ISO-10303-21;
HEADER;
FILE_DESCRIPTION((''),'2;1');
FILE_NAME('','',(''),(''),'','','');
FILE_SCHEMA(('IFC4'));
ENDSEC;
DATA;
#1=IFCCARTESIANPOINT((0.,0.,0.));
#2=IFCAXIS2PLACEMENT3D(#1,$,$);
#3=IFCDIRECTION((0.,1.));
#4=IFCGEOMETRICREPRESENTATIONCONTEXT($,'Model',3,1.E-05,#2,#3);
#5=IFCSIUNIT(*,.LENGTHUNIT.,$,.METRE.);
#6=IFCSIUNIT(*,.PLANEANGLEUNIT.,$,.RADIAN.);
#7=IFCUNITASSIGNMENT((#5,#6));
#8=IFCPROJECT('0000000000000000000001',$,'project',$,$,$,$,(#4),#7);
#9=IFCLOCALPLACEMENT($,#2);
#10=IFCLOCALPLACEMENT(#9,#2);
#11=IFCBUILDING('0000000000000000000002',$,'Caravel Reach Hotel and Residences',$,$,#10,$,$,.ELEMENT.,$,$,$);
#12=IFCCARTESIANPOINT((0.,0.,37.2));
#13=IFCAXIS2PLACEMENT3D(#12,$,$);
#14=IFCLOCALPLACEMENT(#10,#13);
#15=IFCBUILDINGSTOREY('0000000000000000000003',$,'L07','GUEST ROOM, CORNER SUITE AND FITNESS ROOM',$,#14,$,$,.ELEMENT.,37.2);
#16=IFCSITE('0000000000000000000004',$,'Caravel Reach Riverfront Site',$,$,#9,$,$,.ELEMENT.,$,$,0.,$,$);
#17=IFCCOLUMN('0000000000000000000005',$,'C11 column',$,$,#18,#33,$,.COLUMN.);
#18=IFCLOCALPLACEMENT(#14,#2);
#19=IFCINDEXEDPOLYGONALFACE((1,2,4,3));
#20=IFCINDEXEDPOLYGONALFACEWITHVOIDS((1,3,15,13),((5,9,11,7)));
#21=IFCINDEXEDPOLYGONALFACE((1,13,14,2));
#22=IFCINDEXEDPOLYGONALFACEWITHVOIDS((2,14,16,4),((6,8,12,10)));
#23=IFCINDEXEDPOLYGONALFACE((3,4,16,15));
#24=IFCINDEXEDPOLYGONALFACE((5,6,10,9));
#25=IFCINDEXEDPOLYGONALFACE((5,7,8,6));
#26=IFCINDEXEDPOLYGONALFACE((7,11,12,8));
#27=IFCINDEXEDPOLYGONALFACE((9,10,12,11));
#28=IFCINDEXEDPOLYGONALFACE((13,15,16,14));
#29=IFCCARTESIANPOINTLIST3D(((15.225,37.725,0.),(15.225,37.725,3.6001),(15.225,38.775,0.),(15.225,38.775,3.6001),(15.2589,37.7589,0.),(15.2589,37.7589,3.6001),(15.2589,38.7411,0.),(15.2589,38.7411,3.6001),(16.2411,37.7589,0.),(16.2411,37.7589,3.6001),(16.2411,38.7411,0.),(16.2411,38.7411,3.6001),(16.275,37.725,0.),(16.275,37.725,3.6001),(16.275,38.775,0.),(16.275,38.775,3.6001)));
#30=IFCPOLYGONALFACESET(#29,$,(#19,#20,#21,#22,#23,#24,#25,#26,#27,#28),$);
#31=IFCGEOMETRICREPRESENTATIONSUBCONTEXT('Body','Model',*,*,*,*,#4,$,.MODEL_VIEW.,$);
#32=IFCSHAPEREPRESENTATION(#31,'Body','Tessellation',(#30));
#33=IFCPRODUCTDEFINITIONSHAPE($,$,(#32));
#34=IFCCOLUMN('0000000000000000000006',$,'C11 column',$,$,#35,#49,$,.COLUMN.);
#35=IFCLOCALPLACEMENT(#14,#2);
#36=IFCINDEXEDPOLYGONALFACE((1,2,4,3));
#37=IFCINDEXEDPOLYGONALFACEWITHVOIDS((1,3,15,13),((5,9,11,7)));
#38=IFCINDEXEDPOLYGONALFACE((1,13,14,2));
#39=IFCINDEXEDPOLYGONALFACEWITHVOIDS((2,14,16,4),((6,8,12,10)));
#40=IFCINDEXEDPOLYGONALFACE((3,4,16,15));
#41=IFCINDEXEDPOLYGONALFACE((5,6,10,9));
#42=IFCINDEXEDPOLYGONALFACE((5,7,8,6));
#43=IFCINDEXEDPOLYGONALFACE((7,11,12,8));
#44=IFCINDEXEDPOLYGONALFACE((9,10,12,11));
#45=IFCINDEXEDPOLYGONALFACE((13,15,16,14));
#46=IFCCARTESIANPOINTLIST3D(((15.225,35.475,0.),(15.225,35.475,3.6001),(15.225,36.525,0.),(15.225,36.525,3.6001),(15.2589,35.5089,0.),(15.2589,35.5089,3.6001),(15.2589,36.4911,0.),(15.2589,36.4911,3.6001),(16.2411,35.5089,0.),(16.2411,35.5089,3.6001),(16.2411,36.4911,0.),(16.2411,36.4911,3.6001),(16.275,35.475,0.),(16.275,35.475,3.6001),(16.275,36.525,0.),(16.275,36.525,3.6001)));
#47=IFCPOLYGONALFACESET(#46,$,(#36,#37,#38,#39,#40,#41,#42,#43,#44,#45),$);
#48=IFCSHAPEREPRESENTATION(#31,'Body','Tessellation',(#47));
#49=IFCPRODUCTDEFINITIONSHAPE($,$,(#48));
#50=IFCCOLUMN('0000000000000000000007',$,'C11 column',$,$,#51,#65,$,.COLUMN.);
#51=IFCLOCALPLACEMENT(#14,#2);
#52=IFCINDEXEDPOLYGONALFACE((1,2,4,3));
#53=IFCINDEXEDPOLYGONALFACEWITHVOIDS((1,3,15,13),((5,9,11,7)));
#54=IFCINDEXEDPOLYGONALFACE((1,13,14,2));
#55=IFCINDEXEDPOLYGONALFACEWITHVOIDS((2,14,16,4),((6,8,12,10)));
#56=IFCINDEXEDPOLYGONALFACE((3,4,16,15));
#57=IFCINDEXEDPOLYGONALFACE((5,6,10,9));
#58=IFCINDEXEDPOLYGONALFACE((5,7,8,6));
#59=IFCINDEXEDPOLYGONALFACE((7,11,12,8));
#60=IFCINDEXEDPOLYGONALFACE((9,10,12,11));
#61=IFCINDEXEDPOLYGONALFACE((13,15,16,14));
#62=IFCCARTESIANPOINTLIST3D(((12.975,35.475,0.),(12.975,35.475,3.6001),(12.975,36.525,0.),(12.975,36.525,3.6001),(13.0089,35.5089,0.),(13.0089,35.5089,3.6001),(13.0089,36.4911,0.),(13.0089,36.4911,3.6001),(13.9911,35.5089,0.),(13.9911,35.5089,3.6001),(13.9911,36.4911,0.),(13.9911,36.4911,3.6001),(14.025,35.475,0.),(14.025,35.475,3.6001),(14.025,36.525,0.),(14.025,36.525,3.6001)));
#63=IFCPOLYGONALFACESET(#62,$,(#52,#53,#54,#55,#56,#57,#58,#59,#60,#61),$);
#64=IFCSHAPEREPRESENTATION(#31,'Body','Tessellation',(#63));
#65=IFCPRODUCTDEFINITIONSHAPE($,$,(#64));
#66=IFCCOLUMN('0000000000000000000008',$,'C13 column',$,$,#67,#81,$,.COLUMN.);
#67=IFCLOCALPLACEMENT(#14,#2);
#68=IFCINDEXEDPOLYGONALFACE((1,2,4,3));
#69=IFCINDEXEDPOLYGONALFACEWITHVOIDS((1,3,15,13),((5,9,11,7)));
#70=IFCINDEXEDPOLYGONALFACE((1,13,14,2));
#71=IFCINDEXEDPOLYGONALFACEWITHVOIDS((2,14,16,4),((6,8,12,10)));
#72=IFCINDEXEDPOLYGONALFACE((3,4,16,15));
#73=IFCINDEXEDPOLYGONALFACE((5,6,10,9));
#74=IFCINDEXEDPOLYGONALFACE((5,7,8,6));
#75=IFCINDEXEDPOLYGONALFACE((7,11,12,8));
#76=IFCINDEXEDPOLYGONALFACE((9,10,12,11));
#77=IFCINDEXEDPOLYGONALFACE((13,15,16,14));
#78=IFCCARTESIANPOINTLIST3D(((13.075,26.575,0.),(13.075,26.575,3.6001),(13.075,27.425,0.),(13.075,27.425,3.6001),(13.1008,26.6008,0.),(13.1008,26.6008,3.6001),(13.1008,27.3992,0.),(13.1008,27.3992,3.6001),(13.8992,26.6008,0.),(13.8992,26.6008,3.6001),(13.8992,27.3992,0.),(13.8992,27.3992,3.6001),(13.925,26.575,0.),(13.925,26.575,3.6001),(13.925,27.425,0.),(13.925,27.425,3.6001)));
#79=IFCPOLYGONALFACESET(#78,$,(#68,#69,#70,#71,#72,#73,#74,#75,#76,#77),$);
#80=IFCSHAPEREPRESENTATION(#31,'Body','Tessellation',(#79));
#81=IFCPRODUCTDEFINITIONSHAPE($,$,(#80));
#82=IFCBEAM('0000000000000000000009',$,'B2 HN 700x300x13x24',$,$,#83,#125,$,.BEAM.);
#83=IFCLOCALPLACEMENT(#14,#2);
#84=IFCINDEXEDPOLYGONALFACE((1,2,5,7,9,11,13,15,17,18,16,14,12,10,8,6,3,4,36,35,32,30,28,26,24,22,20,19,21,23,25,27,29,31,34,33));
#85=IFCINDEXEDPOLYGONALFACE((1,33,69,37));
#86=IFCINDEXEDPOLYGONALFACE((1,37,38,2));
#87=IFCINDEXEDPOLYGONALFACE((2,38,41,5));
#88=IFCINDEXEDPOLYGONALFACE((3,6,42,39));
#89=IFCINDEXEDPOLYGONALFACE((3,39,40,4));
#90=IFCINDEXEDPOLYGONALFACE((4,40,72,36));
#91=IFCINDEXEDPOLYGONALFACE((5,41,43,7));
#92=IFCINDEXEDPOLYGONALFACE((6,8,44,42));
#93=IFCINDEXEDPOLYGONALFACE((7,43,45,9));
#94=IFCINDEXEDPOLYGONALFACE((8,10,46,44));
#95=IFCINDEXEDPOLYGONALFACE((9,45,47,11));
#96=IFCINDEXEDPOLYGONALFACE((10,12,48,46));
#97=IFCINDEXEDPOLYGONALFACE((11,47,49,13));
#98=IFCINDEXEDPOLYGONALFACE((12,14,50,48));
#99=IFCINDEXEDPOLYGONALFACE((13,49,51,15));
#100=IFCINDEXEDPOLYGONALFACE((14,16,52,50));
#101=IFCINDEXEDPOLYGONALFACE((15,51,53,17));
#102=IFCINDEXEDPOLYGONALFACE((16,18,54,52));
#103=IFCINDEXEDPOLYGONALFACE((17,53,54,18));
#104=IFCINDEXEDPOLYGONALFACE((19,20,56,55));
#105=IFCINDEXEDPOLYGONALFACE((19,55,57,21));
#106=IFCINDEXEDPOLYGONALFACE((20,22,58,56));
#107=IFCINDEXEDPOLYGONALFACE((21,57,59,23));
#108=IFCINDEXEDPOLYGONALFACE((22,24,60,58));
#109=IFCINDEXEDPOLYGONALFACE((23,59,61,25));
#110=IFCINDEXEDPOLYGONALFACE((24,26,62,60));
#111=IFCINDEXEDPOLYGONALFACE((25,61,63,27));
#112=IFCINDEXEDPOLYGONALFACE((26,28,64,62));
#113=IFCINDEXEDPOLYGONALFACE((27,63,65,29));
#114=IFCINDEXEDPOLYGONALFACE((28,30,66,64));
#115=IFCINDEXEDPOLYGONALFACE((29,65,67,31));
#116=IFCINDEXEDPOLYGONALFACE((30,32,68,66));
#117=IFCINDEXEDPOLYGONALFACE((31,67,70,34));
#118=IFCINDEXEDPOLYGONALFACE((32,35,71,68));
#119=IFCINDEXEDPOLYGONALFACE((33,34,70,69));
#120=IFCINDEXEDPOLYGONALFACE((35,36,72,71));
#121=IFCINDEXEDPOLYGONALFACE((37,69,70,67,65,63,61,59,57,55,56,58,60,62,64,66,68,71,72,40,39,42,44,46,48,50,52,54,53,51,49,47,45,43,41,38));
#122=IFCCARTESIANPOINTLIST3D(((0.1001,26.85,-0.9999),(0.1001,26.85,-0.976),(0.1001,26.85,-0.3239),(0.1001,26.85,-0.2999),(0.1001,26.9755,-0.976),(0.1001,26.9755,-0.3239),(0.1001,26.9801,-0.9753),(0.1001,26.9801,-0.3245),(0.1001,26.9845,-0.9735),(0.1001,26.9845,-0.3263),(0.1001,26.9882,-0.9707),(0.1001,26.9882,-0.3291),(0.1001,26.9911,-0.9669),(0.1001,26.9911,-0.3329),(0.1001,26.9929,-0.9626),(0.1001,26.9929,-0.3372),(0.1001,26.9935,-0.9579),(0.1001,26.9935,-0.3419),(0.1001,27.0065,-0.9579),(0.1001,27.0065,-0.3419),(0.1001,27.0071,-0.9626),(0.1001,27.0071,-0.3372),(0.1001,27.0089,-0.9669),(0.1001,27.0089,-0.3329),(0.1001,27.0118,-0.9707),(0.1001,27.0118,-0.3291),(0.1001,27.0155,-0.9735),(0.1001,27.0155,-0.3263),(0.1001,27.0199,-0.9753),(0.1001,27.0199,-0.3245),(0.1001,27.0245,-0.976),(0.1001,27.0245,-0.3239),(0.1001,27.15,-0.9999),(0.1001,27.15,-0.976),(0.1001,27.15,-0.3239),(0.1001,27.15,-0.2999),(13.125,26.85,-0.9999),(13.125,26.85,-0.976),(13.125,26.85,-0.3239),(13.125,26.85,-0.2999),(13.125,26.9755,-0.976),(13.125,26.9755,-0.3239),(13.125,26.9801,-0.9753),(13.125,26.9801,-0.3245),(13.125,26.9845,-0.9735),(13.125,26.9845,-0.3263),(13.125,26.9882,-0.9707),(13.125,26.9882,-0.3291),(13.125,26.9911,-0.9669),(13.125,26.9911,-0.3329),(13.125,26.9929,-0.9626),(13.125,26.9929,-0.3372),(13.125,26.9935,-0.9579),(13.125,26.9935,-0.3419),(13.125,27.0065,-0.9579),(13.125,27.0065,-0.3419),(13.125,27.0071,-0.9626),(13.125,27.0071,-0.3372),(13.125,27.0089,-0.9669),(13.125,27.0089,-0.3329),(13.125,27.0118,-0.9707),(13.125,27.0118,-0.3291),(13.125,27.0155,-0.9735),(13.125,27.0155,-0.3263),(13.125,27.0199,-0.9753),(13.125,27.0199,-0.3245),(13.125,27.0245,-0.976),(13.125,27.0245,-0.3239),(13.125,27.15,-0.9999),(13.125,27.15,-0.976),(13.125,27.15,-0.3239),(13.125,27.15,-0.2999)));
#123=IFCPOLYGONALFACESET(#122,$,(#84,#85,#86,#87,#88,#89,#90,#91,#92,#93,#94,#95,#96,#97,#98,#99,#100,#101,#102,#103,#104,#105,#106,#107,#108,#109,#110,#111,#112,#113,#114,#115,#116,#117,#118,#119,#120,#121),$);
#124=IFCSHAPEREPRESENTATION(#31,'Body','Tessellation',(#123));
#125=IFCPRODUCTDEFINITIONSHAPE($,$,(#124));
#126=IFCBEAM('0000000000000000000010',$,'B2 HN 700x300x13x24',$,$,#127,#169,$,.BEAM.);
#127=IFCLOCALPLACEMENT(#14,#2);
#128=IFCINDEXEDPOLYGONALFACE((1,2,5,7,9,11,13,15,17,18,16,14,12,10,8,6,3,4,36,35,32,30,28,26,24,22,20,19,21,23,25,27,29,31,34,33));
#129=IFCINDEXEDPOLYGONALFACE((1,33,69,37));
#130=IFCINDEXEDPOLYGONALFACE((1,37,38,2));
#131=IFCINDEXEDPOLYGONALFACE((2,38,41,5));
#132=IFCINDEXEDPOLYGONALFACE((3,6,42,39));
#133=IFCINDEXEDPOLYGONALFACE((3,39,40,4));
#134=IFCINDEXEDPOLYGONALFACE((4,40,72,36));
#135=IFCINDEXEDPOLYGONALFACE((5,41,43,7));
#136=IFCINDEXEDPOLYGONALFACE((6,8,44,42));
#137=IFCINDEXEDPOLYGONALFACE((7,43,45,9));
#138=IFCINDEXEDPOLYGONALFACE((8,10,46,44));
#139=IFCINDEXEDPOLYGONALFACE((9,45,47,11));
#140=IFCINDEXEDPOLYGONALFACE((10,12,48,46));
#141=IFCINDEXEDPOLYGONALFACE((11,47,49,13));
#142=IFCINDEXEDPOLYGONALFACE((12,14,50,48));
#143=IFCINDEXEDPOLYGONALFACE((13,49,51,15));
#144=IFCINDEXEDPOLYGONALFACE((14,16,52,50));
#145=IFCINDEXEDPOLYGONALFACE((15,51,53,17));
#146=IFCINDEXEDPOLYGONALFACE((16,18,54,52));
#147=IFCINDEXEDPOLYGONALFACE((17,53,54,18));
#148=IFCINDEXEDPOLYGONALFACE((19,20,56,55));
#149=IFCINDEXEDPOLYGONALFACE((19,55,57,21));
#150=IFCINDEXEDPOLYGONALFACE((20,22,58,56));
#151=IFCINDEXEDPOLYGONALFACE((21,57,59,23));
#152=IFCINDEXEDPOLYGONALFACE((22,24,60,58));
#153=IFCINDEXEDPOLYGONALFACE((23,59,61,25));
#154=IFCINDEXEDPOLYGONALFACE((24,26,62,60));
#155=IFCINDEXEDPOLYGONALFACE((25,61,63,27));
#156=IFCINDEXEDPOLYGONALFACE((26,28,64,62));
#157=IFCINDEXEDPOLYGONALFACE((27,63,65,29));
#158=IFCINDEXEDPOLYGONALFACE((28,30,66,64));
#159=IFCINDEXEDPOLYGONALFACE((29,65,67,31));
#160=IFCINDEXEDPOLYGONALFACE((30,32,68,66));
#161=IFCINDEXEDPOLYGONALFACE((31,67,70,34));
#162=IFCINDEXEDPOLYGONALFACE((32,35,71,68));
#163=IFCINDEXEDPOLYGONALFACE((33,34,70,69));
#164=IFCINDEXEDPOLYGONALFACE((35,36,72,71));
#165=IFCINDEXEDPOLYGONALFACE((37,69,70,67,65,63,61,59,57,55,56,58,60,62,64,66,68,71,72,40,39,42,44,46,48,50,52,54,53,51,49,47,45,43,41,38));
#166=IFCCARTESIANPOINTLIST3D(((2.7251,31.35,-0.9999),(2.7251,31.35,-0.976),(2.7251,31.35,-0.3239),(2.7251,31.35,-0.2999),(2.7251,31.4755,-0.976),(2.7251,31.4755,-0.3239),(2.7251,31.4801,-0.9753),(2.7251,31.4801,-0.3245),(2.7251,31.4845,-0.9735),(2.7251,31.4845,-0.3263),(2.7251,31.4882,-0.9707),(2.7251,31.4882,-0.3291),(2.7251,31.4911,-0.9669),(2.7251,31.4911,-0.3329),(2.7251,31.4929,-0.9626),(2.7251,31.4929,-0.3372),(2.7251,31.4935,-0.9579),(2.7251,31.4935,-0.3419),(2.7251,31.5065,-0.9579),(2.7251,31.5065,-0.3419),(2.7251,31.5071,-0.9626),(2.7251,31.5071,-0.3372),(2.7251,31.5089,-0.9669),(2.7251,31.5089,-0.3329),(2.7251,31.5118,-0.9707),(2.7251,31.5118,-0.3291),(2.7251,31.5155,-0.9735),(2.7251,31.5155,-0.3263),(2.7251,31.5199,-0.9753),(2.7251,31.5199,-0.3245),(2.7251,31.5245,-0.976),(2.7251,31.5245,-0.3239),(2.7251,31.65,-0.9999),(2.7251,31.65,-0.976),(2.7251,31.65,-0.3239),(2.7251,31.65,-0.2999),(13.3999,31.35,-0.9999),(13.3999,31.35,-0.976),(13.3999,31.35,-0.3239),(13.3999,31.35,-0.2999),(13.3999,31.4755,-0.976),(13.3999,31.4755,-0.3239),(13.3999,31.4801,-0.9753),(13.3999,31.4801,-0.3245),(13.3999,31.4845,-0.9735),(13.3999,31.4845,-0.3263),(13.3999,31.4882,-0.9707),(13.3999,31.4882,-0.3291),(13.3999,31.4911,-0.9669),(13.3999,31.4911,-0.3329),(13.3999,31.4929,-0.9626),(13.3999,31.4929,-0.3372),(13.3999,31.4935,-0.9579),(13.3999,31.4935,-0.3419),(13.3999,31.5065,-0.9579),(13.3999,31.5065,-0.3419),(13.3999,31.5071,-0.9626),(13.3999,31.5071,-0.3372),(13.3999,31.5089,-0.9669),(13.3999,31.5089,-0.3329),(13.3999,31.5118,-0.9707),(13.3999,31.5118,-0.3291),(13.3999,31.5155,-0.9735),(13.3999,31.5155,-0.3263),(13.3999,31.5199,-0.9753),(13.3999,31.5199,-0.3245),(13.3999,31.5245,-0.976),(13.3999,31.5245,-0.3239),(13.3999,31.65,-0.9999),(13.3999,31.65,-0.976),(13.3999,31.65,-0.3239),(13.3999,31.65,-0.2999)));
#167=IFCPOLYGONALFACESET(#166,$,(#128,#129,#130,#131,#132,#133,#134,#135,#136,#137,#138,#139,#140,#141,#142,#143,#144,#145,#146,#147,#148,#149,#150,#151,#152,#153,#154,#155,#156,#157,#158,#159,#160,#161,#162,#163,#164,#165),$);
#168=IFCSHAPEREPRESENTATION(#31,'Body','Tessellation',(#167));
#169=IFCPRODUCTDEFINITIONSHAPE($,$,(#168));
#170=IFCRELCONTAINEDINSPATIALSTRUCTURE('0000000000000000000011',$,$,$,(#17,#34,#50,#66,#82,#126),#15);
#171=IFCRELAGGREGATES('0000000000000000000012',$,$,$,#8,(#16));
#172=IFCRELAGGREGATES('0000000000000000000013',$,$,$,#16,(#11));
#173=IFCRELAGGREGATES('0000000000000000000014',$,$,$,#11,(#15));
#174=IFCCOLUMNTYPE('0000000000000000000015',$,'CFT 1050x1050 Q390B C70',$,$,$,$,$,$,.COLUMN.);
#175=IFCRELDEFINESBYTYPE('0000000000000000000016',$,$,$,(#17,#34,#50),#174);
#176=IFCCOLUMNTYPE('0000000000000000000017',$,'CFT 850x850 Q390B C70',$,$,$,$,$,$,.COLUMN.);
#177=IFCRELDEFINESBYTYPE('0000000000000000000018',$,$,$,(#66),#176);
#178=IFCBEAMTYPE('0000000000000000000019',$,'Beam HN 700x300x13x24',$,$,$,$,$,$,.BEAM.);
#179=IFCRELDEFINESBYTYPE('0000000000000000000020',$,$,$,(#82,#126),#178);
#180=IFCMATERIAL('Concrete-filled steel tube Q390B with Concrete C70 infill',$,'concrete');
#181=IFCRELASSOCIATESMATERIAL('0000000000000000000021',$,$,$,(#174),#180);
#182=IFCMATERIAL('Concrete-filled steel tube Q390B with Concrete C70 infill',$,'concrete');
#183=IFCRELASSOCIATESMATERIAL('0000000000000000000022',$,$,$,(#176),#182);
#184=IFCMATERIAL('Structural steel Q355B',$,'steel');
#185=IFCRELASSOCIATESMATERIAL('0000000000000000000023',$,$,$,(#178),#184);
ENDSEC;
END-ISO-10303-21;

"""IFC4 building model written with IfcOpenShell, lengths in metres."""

from ifc_helpers import new_model, si_unit, direction, frame, origin, origin_2d, place, context, subcontext, project, spatial, hollow_rectangle, i_section, extrude, material, material_profile, profile_set, type_object, element, save


model = new_model("IFC4")

# Units and contexts
model_context = context("Model", 3, precision=1e-05, world=origin(), true_north=direction((0.0, 1.0)))
body_context = subcontext(model_context, "Body", "Model", "MODEL_VIEW")
ifc_project = project(units=[si_unit("LENGTHUNIT", "METRE"), si_unit("PLANEANGLEUNIT", "RADIAN")], contexts=[model_context])

# Site, building, storey
site_placement = place(None, origin())
site = spatial("IfcSite", under=ifc_project, at=site_placement, Name="Caravel Reach Riverfront Site", CompositionType="ELEMENT", RefElevation=0.0)
building_placement = place(site_placement, origin())
building = spatial("IfcBuilding", under=site, at=building_placement, Name="Caravel Reach Hotel and Residences", CompositionType="ELEMENT")
storey_placement = place(building_placement, frame((0.0, 0.0, 37.2)))
storey = spatial("IfcBuildingStorey", under=building, at=storey_placement, Name="L07", Description="GUEST ROOM, CORNER SUITE AND FITNESS ROOM", CompositionType="ELEMENT", Elevation=37.2)

# Columns
ifc_material_1 = material(Name="Concrete-filled steel tube Q390B with Concrete C70 infill", Category="concrete")
ifc_material_profile_1 = material_profile(ifc_material_1, hollow_rectangle(XDim=1.05, YDim=1.05, WallThickness=0.0339, at=origin_2d()), Name="RHS 1050x1050x34")
ifc_profile_set_1 = profile_set([ifc_material_profile_1], Name="Concrete-filled steel tube Q390B with Concrete C70 infill")
column_type_1 = type_object("IfcColumnType", Name="CFT 1050x1050 Q390B C70", PredefinedType="COLUMN", material=ifc_profile_set_1)
for number, where, z_axis, x_axis, name in (
    (1, (15.75, 38.25, 0.0), (0.0, 0.0, 1.0), (1.0, 0.0, 0.0), "C11 column"),
    (2, (15.75, 36.0, 0.0), (0.0, 0.0, 1.0), (1.0, 0.0, 0.0), "C11 column"),
    (3, (13.5, 36.0, 0.0), (0.0, 0.0, 1.0), (1.0, 0.0, 0.0), "C11 column"),
):
    element("IfcColumn", number, at=place(storey_placement, frame(where, z_axis=z_axis, x_axis=x_axis)), inside=storey, type_object=column_type_1, Name=name, PredefinedType="COLUMN", context=body_context, shape_type="SweptSolid", body=[
        extrude(hollow_rectangle(XDim=1.05, YDim=1.05, WallThickness=0.0339, at=origin_2d()), origin(), (0.0, 0.0, 1.0), 3.6001),
    ])
ifc_material_2 = material(Name="Concrete-filled steel tube Q390B with Concrete C70 infill", Category="concrete")
ifc_material_profile_2 = material_profile(ifc_material_2, hollow_rectangle(XDim=0.8501, YDim=0.8501, WallThickness=0.0259, at=origin_2d()), Name="RHS 850x850x26")
ifc_profile_set_2 = profile_set([ifc_material_profile_2], Name="Concrete-filled steel tube Q390B with Concrete C70 infill")
column_type_2 = type_object("IfcColumnType", Name="CFT 850x850 Q390B C70", PredefinedType="COLUMN", material=ifc_profile_set_2)
column_placement = place(storey_placement, frame((13.5, 27.0, 0.0), z_axis=(0.0, 0.0, 1.0), x_axis=(1.0, 0.0, 0.0)))
element("IfcColumn", 4, at=column_placement, inside=storey, type_object=column_type_2, Name="C13 column", PredefinedType="COLUMN", context=body_context, shape_type="SweptSolid", body=[
    extrude(hollow_rectangle(XDim=0.8501, YDim=0.8501, WallThickness=0.0259, at=origin_2d()), origin(), (0.0, 0.0, 1.0), 3.6001),
])

# Beams
ifc_material_3 = material(Name="Structural steel Q355B", Category="steel")
ifc_material_profile_3 = material_profile(ifc_material_3, i_section(OverallWidth=0.3, OverallDepth=0.7, WebThickness=0.0129, FlangeThickness=0.0239, FilletRadius=0.0181, at=origin_2d()), Name="HN 700x300x13x24")
ifc_profile_set_3 = profile_set([ifc_material_profile_3], Name="Structural steel Q355B")
beam_type_1 = type_object("IfcBeamType", Name="Beam HN 700x300x13x24", PredefinedType="BEAM", material=ifc_profile_set_3)
beam_1_placement = place(storey_placement, frame((13.125, 27.0, -0.6499), z_axis=(-1.0, 0.0, 0.0), x_axis=(0.0, -1.0, 0.0)))
element("IfcBeam", 5, at=beam_1_placement, inside=storey, type_object=beam_type_1, Name="B2 HN 700x300x13x24", PredefinedType="BEAM", context=body_context, shape_type="SweptSolid", body=[
    extrude(i_section(OverallWidth=0.3, OverallDepth=0.7, WebThickness=0.0129, FlangeThickness=0.0239, FilletRadius=0.0181, at=origin_2d()), origin(), (0.0, 0.0, 1.0), 13.0249),
])
beam_2_placement = place(storey_placement, frame((13.3999, 31.5, -0.6499), z_axis=(-1.0, 0.0, 0.0), x_axis=(0.0, -1.0, 0.0)))
element("IfcBeam", 6, at=beam_2_placement, inside=storey, type_object=beam_type_1, Name="B2 HN 700x300x13x24", PredefinedType="BEAM", context=body_context, shape_type="SweptSolid", body=[
    extrude(i_section(OverallWidth=0.3, OverallDepth=0.7, WebThickness=0.0129, FlangeThickness=0.0239, FilletRadius=0.0181, at=origin_2d()), origin(), (0.0, 0.0, 1.0), 10.6748),
])

save(model, "model.ifc")
